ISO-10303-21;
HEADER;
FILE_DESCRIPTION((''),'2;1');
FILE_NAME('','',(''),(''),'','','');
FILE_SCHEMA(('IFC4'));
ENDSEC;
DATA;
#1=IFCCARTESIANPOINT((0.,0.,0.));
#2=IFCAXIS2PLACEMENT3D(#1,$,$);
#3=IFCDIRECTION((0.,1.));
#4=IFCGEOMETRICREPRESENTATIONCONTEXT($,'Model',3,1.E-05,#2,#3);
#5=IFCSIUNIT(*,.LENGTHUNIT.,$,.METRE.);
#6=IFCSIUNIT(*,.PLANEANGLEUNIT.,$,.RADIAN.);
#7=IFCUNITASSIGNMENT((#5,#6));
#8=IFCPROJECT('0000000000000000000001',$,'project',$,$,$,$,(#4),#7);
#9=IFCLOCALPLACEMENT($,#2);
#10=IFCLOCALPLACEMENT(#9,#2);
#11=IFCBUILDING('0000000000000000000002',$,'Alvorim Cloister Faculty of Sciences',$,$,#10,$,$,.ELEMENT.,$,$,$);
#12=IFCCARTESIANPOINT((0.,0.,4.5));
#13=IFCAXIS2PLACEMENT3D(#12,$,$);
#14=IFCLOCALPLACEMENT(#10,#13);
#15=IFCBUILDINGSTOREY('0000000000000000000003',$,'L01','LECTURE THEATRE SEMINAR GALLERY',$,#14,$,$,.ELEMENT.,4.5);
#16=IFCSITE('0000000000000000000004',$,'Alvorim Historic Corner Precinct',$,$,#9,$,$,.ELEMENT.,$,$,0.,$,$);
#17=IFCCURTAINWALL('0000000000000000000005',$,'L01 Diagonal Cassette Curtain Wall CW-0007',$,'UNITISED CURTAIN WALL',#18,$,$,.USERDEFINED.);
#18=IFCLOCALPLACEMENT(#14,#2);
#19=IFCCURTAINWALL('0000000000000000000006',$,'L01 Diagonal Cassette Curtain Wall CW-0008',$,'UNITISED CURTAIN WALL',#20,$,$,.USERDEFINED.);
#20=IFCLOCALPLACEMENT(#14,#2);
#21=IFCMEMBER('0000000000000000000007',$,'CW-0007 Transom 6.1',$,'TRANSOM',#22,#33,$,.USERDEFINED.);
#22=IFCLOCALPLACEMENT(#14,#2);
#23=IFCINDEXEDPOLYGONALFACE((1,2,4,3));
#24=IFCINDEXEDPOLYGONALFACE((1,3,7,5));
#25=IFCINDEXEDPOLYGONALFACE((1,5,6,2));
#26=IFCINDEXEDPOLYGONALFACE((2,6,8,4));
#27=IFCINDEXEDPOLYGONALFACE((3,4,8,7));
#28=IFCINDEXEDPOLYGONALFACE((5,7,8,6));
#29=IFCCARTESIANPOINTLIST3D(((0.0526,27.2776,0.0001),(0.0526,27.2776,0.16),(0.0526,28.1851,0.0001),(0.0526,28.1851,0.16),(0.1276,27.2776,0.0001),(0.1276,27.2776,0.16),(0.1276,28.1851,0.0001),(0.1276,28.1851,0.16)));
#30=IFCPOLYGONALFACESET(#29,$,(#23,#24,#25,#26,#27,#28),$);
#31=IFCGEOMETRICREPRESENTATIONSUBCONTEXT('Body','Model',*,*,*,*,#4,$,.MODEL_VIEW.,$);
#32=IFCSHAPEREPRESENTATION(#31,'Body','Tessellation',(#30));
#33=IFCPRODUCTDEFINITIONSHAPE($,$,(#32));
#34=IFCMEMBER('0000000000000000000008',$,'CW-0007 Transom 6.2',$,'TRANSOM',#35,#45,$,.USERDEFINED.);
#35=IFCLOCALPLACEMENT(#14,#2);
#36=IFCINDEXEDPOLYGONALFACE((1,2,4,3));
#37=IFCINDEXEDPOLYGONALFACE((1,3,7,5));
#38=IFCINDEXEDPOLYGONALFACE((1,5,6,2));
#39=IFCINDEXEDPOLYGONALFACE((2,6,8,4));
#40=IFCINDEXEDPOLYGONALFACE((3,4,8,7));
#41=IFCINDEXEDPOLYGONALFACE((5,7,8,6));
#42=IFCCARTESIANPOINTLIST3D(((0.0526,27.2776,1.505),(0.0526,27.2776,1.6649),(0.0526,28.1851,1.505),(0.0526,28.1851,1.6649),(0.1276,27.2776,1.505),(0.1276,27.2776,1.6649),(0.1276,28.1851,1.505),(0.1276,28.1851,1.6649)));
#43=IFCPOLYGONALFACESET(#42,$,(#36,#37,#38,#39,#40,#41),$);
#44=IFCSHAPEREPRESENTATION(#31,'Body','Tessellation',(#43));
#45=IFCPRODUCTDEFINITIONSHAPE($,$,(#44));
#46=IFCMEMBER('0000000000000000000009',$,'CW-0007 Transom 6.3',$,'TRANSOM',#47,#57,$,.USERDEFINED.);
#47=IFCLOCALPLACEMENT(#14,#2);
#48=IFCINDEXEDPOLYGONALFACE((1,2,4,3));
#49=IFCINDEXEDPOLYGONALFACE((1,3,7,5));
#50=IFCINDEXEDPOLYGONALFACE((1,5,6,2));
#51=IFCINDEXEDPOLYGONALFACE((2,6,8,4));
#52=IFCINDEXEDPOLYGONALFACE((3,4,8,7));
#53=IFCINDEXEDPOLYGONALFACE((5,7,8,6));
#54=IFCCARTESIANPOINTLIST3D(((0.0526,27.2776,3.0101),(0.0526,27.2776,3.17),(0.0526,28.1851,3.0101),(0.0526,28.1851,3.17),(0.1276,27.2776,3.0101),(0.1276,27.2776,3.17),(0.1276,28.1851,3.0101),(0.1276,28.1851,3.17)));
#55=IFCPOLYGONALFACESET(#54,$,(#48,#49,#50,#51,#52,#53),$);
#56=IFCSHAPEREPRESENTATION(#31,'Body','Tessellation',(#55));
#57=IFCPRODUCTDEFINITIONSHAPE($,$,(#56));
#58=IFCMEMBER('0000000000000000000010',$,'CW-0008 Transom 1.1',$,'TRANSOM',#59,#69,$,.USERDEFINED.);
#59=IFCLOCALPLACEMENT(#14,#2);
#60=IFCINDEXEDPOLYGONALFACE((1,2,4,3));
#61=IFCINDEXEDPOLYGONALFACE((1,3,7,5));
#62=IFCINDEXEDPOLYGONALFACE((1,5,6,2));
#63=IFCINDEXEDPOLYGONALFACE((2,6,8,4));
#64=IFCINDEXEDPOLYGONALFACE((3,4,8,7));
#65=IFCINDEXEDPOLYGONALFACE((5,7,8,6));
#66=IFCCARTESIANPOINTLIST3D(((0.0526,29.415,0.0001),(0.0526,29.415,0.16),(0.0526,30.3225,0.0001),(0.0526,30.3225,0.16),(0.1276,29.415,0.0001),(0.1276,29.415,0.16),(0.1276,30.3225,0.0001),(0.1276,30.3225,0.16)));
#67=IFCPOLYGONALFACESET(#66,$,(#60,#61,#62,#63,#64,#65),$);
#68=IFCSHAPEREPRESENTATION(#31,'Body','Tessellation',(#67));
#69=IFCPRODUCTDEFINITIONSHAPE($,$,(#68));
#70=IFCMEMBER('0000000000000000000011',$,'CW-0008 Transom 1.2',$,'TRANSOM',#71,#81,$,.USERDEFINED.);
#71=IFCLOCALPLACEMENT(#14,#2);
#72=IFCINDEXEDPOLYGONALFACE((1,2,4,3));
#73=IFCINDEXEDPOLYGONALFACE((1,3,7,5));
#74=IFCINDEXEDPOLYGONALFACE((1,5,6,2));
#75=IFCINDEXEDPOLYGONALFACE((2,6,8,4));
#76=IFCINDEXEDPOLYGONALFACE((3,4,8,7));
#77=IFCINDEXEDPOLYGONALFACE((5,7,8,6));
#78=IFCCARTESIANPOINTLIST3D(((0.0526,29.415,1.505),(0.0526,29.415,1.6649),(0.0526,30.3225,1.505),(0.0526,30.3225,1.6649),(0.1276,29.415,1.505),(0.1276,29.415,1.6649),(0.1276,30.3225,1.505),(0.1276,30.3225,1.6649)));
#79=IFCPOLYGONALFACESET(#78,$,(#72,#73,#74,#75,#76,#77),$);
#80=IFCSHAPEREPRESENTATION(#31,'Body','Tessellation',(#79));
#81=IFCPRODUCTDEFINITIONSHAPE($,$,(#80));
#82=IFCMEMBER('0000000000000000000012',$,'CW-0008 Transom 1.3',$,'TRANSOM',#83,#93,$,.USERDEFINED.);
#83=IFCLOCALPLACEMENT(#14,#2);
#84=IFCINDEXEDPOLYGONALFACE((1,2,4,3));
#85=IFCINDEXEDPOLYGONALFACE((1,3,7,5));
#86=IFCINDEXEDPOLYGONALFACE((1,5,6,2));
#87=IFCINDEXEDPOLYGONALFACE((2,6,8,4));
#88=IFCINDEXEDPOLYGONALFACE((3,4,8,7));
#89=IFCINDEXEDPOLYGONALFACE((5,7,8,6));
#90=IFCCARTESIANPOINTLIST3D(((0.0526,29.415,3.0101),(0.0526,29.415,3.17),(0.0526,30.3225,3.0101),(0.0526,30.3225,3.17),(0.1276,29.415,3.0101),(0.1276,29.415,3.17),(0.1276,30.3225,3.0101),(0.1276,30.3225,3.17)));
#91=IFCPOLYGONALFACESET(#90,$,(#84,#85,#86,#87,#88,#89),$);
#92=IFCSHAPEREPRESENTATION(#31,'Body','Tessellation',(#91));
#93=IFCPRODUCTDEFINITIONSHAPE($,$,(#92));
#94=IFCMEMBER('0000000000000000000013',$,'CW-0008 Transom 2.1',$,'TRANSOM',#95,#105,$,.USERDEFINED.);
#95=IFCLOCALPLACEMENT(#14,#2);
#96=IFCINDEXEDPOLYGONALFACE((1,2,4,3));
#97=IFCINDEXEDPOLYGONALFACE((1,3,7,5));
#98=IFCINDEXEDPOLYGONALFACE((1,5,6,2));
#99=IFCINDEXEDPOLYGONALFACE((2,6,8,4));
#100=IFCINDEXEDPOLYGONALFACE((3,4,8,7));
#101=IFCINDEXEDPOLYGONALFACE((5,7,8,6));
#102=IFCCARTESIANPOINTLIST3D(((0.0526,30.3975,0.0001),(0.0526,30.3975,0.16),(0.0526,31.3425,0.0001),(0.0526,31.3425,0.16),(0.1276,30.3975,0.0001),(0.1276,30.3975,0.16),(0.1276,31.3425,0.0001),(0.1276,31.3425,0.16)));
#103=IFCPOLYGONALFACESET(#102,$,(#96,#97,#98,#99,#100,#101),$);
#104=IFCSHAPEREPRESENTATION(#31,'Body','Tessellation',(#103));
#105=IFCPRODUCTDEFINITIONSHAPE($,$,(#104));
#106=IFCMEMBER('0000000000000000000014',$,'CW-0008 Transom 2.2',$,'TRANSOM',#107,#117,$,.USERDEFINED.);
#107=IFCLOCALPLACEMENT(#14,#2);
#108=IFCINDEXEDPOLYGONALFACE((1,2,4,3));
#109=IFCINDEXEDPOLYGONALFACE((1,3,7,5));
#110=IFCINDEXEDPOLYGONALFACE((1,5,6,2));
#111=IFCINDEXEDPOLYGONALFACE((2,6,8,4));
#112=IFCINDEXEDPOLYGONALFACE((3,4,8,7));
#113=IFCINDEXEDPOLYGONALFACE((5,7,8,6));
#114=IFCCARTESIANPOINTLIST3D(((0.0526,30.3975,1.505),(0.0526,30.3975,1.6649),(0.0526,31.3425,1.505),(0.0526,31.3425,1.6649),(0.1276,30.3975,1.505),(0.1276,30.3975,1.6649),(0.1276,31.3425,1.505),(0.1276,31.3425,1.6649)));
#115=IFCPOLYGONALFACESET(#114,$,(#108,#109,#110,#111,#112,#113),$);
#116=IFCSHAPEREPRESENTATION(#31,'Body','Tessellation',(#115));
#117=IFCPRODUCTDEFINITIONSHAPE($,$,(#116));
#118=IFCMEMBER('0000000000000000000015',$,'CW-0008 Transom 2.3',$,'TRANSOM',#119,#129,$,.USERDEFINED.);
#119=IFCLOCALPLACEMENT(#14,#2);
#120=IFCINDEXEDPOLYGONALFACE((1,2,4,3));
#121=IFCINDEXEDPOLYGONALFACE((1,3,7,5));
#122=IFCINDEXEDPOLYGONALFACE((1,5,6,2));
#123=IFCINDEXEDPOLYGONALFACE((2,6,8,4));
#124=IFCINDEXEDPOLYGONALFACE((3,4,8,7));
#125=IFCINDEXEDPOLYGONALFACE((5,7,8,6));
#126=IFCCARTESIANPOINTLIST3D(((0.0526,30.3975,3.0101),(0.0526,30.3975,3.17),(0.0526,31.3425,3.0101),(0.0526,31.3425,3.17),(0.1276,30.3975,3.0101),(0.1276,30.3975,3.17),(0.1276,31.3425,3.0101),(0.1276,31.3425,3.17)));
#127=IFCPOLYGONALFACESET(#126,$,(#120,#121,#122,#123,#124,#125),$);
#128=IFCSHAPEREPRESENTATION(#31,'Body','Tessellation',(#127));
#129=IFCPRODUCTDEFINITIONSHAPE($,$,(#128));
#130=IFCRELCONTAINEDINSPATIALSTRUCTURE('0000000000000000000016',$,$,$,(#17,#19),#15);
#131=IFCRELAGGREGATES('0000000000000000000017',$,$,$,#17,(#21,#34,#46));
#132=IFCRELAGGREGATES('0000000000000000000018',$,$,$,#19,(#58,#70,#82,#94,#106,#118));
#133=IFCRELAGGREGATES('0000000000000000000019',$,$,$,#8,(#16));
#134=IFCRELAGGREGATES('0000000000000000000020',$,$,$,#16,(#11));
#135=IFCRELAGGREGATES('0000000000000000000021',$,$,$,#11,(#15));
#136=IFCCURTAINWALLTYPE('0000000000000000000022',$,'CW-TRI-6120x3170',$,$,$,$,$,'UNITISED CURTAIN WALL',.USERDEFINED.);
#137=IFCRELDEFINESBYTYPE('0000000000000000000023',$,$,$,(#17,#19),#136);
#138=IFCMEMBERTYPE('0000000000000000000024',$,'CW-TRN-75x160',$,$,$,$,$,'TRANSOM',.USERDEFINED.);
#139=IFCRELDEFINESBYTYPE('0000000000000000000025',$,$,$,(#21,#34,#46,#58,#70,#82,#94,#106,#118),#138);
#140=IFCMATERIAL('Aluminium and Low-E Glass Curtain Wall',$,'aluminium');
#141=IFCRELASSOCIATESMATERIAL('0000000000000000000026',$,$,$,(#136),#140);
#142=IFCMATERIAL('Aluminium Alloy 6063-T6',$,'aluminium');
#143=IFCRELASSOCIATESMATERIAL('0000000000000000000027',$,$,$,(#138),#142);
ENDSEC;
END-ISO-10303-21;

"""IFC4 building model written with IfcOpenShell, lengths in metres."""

from ifc_helpers import new_model, si_unit, direction, frame, origin, origin_2d, place, context, subcontext, project, spatial, rectangle, extrude, material, material_profile, profile_set, type_object, element, aggregate, save


model = new_model("IFC4")

# Units and contexts
model_context = context("Model", 3, precision=1e-05, world=origin(), true_north=direction((0.0, 1.0)))
body_context = subcontext(model_context, "Body", "Model", "MODEL_VIEW")
ifc_project = project(units=[si_unit("LENGTHUNIT", "METRE"), si_unit("PLANEANGLEUNIT", "RADIAN")], contexts=[model_context])

# Site, building, storey
site_placement = place(None, origin())
site = spatial("IfcSite", under=ifc_project, at=site_placement, Name="Alvorim Historic Corner Precinct", CompositionType="ELEMENT", RefElevation=0.0)
building_placement = place(site_placement, origin())
building = spatial("IfcBuilding", under=site, at=building_placement, Name="Alvorim Cloister Faculty of Sciences", CompositionType="ELEMENT")
storey_placement = place(building_placement, frame((0.0, 0.0, 4.5)))
storey = spatial("IfcBuildingStorey", under=building, at=storey_placement, Name="L01", Description="LECTURE THEATRE SEMINAR GALLERY", CompositionType="ELEMENT", Elevation=4.5)

# Curtain walls
ifc_material_1 = material(Name="Aluminium and Low-E Glass Curtain Wall", Category="aluminium")
curtain_wall_type = type_object("IfcCurtainWallType", Name="CW-TRI-6120x3170", ElementType="UNITISED CURTAIN WALL", PredefinedType="USERDEFINED", material=ifc_material_1)
curtain_wall_1_placement = place(storey_placement, origin())
curtain_wall_1 = element("IfcCurtainWall", 1, at=curtain_wall_1_placement, inside=storey, type_object=curtain_wall_type, Name="L01 Diagonal Cassette Curtain Wall CW-0007", ObjectType="UNITISED CURTAIN WALL", PredefinedType="USERDEFINED")
ifc_material_2 = material(Name="Aluminium Alloy 6063-T6", Category="aluminium")
curtain_wall_2_placement = place(storey_placement, origin())
curtain_wall_2 = element("IfcCurtainWall", 2, at=curtain_wall_2_placement, inside=storey, type_object=curtain_wall_type, Name="L01 Diagonal Cassette Curtain Wall CW-0008", ObjectType="UNITISED CURTAIN WALL", PredefinedType="USERDEFINED")

# Members
ifc_material_profile_1 = material_profile(ifc_material_2, rectangle(XDim=0.075, YDim=0.1599, at=origin_2d()), Name="ALU-TRN-75x160")
ifc_profile_set_1 = profile_set([ifc_material_profile_1], Name="Aluminium Alloy 6063-T6")
member_type_1 = type_object("IfcMemberType", Name="CW-TRN-75x160", ElementType="TRANSOM", PredefinedType="USERDEFINED", material=ifc_profile_set_1)
member_1_placement = place(storey_placement, frame((0.0901, 27.2776, 0.0801), z_axis=(0.0, 1.0, 0.0), x_axis=(-1.0, 0.0, 0.0)))
member_1 = element("IfcMember", 3, at=member_1_placement, type_object=member_type_1, Name="CW-0007 Transom 6.1", ObjectType="TRANSOM", PredefinedType="USERDEFINED", context=body_context, shape_type="SweptSolid", body=[
    extrude(rectangle(XDim=0.075, YDim=0.1599, at=origin_2d()), origin(), (0.0, 0.0, 1.0), 0.9075),
])
member_2_placement = place(storey_placement, frame((0.0901, 27.2776, 1.585), z_axis=(0.0, 1.0, 0.0), x_axis=(-1.0, 0.0, 0.0)))
member_2 = element("IfcMember", 4, at=member_2_placement, type_object=member_type_1, Name="CW-0007 Transom 6.2", ObjectType="TRANSOM", PredefinedType="USERDEFINED", context=body_context, shape_type="SweptSolid", body=[
    extrude(rectangle(XDim=0.075, YDim=0.1599, at=origin_2d()), origin(), (0.0, 0.0, 1.0), 0.9075),
])
member_3_placement = place(storey_placement, frame((0.0901, 27.2776, 3.0901), z_axis=(0.0, 1.0, 0.0), x_axis=(-1.0, 0.0, 0.0)))
member_3 = element("IfcMember", 5, at=member_3_placement, type_object=member_type_1, Name="CW-0007 Transom 6.3", ObjectType="TRANSOM", PredefinedType="USERDEFINED", context=body_context, shape_type="SweptSolid", body=[
    extrude(rectangle(XDim=0.075, YDim=0.1599, at=origin_2d()), origin(), (0.0, 0.0, 1.0), 0.9075),
])
aggregate(curtain_wall_1, [member_1, member_2, member_3])
member_4_placement = place(storey_placement, frame((0.0901, 29.415, 0.0801), z_axis=(0.0, 1.0, 0.0), x_axis=(-1.0, 0.0, 0.0)))
member_4 = element("IfcMember", 6, at=member_4_placement, type_object=member_type_1, Name="CW-0008 Transom 1.1", ObjectType="TRANSOM", PredefinedType="USERDEFINED", context=body_context, shape_type="SweptSolid", body=[
    extrude(rectangle(XDim=0.075, YDim=0.1599, at=origin_2d()), origin(), (0.0, 0.0, 1.0), 0.9075),
])
member_5_placement = place(storey_placement, frame((0.0901, 29.415, 1.585), z_axis=(0.0, 1.0, 0.0), x_axis=(-1.0, 0.0, 0.0)))
member_5 = element("IfcMember", 7, at=member_5_placement, type_object=member_type_1, Name="CW-0008 Transom 1.2", ObjectType="TRANSOM", PredefinedType="USERDEFINED", context=body_context, shape_type="SweptSolid", body=[
    extrude(rectangle(XDim=0.075, YDim=0.1599, at=origin_2d()), origin(), (0.0, 0.0, 1.0), 0.9075),
])
member_6_placement = place(storey_placement, frame((0.0901, 29.415, 3.0901), z_axis=(0.0, 1.0, 0.0), x_axis=(-1.0, 0.0, 0.0)))
member_6 = element("IfcMember", 8, at=member_6_placement, type_object=member_type_1, Name="CW-0008 Transom 1.3", ObjectType="TRANSOM", PredefinedType="USERDEFINED", context=body_context, shape_type="SweptSolid", body=[
    extrude(rectangle(XDim=0.075, YDim=0.1599, at=origin_2d()), origin(), (0.0, 0.0, 1.0), 0.9075),
])
member_7_placement = place(storey_placement, frame((0.0901, 30.3975, 0.0801), z_axis=(0.0, 1.0, 0.0), x_axis=(-1.0, 0.0, 0.0)))
member_7 = element("IfcMember", 9, at=member_7_placement, type_object=member_type_1, Name="CW-0008 Transom 2.1", ObjectType="TRANSOM", PredefinedType="USERDEFINED", context=body_context, shape_type="SweptSolid", body=[
    extrude(rectangle(XDim=0.075, YDim=0.1599, at=origin_2d()), origin(), (0.0, 0.0, 1.0), 0.9451),
])
member_8_placement = place(storey_placement, frame((0.0901, 30.3975, 1.585), z_axis=(0.0, 1.0, 0.0), x_axis=(-1.0, 0.0, 0.0)))
member_8 = element("IfcMember", 10, at=member_8_placement, type_object=member_type_1, Name="CW-0008 Transom 2.2", ObjectType="TRANSOM", PredefinedType="USERDEFINED", context=body_context, shape_type="SweptSolid", body=[
    extrude(rectangle(XDim=0.075, YDim=0.1599, at=origin_2d()), origin(), (0.0, 0.0, 1.0), 0.9451),
])
member_9_placement = place(storey_placement, frame((0.0901, 30.3975, 3.0901), z_axis=(0.0, 1.0, 0.0), x_axis=(-1.0, 0.0, 0.0)))
member_9 = element("IfcMember", 11, at=member_9_placement, type_object=member_type_1, Name="CW-0008 Transom 2.3", ObjectType="TRANSOM", PredefinedType="USERDEFINED", context=body_context, shape_type="SweptSolid", body=[
    extrude(rectangle(XDim=0.075, YDim=0.1599, at=origin_2d()), origin(), (0.0, 0.0, 1.0), 0.9451),
])
aggregate(curtain_wall_2, [member_4, member_5, member_6, member_7, member_8, member_9])

save(model, "model.ifc")
